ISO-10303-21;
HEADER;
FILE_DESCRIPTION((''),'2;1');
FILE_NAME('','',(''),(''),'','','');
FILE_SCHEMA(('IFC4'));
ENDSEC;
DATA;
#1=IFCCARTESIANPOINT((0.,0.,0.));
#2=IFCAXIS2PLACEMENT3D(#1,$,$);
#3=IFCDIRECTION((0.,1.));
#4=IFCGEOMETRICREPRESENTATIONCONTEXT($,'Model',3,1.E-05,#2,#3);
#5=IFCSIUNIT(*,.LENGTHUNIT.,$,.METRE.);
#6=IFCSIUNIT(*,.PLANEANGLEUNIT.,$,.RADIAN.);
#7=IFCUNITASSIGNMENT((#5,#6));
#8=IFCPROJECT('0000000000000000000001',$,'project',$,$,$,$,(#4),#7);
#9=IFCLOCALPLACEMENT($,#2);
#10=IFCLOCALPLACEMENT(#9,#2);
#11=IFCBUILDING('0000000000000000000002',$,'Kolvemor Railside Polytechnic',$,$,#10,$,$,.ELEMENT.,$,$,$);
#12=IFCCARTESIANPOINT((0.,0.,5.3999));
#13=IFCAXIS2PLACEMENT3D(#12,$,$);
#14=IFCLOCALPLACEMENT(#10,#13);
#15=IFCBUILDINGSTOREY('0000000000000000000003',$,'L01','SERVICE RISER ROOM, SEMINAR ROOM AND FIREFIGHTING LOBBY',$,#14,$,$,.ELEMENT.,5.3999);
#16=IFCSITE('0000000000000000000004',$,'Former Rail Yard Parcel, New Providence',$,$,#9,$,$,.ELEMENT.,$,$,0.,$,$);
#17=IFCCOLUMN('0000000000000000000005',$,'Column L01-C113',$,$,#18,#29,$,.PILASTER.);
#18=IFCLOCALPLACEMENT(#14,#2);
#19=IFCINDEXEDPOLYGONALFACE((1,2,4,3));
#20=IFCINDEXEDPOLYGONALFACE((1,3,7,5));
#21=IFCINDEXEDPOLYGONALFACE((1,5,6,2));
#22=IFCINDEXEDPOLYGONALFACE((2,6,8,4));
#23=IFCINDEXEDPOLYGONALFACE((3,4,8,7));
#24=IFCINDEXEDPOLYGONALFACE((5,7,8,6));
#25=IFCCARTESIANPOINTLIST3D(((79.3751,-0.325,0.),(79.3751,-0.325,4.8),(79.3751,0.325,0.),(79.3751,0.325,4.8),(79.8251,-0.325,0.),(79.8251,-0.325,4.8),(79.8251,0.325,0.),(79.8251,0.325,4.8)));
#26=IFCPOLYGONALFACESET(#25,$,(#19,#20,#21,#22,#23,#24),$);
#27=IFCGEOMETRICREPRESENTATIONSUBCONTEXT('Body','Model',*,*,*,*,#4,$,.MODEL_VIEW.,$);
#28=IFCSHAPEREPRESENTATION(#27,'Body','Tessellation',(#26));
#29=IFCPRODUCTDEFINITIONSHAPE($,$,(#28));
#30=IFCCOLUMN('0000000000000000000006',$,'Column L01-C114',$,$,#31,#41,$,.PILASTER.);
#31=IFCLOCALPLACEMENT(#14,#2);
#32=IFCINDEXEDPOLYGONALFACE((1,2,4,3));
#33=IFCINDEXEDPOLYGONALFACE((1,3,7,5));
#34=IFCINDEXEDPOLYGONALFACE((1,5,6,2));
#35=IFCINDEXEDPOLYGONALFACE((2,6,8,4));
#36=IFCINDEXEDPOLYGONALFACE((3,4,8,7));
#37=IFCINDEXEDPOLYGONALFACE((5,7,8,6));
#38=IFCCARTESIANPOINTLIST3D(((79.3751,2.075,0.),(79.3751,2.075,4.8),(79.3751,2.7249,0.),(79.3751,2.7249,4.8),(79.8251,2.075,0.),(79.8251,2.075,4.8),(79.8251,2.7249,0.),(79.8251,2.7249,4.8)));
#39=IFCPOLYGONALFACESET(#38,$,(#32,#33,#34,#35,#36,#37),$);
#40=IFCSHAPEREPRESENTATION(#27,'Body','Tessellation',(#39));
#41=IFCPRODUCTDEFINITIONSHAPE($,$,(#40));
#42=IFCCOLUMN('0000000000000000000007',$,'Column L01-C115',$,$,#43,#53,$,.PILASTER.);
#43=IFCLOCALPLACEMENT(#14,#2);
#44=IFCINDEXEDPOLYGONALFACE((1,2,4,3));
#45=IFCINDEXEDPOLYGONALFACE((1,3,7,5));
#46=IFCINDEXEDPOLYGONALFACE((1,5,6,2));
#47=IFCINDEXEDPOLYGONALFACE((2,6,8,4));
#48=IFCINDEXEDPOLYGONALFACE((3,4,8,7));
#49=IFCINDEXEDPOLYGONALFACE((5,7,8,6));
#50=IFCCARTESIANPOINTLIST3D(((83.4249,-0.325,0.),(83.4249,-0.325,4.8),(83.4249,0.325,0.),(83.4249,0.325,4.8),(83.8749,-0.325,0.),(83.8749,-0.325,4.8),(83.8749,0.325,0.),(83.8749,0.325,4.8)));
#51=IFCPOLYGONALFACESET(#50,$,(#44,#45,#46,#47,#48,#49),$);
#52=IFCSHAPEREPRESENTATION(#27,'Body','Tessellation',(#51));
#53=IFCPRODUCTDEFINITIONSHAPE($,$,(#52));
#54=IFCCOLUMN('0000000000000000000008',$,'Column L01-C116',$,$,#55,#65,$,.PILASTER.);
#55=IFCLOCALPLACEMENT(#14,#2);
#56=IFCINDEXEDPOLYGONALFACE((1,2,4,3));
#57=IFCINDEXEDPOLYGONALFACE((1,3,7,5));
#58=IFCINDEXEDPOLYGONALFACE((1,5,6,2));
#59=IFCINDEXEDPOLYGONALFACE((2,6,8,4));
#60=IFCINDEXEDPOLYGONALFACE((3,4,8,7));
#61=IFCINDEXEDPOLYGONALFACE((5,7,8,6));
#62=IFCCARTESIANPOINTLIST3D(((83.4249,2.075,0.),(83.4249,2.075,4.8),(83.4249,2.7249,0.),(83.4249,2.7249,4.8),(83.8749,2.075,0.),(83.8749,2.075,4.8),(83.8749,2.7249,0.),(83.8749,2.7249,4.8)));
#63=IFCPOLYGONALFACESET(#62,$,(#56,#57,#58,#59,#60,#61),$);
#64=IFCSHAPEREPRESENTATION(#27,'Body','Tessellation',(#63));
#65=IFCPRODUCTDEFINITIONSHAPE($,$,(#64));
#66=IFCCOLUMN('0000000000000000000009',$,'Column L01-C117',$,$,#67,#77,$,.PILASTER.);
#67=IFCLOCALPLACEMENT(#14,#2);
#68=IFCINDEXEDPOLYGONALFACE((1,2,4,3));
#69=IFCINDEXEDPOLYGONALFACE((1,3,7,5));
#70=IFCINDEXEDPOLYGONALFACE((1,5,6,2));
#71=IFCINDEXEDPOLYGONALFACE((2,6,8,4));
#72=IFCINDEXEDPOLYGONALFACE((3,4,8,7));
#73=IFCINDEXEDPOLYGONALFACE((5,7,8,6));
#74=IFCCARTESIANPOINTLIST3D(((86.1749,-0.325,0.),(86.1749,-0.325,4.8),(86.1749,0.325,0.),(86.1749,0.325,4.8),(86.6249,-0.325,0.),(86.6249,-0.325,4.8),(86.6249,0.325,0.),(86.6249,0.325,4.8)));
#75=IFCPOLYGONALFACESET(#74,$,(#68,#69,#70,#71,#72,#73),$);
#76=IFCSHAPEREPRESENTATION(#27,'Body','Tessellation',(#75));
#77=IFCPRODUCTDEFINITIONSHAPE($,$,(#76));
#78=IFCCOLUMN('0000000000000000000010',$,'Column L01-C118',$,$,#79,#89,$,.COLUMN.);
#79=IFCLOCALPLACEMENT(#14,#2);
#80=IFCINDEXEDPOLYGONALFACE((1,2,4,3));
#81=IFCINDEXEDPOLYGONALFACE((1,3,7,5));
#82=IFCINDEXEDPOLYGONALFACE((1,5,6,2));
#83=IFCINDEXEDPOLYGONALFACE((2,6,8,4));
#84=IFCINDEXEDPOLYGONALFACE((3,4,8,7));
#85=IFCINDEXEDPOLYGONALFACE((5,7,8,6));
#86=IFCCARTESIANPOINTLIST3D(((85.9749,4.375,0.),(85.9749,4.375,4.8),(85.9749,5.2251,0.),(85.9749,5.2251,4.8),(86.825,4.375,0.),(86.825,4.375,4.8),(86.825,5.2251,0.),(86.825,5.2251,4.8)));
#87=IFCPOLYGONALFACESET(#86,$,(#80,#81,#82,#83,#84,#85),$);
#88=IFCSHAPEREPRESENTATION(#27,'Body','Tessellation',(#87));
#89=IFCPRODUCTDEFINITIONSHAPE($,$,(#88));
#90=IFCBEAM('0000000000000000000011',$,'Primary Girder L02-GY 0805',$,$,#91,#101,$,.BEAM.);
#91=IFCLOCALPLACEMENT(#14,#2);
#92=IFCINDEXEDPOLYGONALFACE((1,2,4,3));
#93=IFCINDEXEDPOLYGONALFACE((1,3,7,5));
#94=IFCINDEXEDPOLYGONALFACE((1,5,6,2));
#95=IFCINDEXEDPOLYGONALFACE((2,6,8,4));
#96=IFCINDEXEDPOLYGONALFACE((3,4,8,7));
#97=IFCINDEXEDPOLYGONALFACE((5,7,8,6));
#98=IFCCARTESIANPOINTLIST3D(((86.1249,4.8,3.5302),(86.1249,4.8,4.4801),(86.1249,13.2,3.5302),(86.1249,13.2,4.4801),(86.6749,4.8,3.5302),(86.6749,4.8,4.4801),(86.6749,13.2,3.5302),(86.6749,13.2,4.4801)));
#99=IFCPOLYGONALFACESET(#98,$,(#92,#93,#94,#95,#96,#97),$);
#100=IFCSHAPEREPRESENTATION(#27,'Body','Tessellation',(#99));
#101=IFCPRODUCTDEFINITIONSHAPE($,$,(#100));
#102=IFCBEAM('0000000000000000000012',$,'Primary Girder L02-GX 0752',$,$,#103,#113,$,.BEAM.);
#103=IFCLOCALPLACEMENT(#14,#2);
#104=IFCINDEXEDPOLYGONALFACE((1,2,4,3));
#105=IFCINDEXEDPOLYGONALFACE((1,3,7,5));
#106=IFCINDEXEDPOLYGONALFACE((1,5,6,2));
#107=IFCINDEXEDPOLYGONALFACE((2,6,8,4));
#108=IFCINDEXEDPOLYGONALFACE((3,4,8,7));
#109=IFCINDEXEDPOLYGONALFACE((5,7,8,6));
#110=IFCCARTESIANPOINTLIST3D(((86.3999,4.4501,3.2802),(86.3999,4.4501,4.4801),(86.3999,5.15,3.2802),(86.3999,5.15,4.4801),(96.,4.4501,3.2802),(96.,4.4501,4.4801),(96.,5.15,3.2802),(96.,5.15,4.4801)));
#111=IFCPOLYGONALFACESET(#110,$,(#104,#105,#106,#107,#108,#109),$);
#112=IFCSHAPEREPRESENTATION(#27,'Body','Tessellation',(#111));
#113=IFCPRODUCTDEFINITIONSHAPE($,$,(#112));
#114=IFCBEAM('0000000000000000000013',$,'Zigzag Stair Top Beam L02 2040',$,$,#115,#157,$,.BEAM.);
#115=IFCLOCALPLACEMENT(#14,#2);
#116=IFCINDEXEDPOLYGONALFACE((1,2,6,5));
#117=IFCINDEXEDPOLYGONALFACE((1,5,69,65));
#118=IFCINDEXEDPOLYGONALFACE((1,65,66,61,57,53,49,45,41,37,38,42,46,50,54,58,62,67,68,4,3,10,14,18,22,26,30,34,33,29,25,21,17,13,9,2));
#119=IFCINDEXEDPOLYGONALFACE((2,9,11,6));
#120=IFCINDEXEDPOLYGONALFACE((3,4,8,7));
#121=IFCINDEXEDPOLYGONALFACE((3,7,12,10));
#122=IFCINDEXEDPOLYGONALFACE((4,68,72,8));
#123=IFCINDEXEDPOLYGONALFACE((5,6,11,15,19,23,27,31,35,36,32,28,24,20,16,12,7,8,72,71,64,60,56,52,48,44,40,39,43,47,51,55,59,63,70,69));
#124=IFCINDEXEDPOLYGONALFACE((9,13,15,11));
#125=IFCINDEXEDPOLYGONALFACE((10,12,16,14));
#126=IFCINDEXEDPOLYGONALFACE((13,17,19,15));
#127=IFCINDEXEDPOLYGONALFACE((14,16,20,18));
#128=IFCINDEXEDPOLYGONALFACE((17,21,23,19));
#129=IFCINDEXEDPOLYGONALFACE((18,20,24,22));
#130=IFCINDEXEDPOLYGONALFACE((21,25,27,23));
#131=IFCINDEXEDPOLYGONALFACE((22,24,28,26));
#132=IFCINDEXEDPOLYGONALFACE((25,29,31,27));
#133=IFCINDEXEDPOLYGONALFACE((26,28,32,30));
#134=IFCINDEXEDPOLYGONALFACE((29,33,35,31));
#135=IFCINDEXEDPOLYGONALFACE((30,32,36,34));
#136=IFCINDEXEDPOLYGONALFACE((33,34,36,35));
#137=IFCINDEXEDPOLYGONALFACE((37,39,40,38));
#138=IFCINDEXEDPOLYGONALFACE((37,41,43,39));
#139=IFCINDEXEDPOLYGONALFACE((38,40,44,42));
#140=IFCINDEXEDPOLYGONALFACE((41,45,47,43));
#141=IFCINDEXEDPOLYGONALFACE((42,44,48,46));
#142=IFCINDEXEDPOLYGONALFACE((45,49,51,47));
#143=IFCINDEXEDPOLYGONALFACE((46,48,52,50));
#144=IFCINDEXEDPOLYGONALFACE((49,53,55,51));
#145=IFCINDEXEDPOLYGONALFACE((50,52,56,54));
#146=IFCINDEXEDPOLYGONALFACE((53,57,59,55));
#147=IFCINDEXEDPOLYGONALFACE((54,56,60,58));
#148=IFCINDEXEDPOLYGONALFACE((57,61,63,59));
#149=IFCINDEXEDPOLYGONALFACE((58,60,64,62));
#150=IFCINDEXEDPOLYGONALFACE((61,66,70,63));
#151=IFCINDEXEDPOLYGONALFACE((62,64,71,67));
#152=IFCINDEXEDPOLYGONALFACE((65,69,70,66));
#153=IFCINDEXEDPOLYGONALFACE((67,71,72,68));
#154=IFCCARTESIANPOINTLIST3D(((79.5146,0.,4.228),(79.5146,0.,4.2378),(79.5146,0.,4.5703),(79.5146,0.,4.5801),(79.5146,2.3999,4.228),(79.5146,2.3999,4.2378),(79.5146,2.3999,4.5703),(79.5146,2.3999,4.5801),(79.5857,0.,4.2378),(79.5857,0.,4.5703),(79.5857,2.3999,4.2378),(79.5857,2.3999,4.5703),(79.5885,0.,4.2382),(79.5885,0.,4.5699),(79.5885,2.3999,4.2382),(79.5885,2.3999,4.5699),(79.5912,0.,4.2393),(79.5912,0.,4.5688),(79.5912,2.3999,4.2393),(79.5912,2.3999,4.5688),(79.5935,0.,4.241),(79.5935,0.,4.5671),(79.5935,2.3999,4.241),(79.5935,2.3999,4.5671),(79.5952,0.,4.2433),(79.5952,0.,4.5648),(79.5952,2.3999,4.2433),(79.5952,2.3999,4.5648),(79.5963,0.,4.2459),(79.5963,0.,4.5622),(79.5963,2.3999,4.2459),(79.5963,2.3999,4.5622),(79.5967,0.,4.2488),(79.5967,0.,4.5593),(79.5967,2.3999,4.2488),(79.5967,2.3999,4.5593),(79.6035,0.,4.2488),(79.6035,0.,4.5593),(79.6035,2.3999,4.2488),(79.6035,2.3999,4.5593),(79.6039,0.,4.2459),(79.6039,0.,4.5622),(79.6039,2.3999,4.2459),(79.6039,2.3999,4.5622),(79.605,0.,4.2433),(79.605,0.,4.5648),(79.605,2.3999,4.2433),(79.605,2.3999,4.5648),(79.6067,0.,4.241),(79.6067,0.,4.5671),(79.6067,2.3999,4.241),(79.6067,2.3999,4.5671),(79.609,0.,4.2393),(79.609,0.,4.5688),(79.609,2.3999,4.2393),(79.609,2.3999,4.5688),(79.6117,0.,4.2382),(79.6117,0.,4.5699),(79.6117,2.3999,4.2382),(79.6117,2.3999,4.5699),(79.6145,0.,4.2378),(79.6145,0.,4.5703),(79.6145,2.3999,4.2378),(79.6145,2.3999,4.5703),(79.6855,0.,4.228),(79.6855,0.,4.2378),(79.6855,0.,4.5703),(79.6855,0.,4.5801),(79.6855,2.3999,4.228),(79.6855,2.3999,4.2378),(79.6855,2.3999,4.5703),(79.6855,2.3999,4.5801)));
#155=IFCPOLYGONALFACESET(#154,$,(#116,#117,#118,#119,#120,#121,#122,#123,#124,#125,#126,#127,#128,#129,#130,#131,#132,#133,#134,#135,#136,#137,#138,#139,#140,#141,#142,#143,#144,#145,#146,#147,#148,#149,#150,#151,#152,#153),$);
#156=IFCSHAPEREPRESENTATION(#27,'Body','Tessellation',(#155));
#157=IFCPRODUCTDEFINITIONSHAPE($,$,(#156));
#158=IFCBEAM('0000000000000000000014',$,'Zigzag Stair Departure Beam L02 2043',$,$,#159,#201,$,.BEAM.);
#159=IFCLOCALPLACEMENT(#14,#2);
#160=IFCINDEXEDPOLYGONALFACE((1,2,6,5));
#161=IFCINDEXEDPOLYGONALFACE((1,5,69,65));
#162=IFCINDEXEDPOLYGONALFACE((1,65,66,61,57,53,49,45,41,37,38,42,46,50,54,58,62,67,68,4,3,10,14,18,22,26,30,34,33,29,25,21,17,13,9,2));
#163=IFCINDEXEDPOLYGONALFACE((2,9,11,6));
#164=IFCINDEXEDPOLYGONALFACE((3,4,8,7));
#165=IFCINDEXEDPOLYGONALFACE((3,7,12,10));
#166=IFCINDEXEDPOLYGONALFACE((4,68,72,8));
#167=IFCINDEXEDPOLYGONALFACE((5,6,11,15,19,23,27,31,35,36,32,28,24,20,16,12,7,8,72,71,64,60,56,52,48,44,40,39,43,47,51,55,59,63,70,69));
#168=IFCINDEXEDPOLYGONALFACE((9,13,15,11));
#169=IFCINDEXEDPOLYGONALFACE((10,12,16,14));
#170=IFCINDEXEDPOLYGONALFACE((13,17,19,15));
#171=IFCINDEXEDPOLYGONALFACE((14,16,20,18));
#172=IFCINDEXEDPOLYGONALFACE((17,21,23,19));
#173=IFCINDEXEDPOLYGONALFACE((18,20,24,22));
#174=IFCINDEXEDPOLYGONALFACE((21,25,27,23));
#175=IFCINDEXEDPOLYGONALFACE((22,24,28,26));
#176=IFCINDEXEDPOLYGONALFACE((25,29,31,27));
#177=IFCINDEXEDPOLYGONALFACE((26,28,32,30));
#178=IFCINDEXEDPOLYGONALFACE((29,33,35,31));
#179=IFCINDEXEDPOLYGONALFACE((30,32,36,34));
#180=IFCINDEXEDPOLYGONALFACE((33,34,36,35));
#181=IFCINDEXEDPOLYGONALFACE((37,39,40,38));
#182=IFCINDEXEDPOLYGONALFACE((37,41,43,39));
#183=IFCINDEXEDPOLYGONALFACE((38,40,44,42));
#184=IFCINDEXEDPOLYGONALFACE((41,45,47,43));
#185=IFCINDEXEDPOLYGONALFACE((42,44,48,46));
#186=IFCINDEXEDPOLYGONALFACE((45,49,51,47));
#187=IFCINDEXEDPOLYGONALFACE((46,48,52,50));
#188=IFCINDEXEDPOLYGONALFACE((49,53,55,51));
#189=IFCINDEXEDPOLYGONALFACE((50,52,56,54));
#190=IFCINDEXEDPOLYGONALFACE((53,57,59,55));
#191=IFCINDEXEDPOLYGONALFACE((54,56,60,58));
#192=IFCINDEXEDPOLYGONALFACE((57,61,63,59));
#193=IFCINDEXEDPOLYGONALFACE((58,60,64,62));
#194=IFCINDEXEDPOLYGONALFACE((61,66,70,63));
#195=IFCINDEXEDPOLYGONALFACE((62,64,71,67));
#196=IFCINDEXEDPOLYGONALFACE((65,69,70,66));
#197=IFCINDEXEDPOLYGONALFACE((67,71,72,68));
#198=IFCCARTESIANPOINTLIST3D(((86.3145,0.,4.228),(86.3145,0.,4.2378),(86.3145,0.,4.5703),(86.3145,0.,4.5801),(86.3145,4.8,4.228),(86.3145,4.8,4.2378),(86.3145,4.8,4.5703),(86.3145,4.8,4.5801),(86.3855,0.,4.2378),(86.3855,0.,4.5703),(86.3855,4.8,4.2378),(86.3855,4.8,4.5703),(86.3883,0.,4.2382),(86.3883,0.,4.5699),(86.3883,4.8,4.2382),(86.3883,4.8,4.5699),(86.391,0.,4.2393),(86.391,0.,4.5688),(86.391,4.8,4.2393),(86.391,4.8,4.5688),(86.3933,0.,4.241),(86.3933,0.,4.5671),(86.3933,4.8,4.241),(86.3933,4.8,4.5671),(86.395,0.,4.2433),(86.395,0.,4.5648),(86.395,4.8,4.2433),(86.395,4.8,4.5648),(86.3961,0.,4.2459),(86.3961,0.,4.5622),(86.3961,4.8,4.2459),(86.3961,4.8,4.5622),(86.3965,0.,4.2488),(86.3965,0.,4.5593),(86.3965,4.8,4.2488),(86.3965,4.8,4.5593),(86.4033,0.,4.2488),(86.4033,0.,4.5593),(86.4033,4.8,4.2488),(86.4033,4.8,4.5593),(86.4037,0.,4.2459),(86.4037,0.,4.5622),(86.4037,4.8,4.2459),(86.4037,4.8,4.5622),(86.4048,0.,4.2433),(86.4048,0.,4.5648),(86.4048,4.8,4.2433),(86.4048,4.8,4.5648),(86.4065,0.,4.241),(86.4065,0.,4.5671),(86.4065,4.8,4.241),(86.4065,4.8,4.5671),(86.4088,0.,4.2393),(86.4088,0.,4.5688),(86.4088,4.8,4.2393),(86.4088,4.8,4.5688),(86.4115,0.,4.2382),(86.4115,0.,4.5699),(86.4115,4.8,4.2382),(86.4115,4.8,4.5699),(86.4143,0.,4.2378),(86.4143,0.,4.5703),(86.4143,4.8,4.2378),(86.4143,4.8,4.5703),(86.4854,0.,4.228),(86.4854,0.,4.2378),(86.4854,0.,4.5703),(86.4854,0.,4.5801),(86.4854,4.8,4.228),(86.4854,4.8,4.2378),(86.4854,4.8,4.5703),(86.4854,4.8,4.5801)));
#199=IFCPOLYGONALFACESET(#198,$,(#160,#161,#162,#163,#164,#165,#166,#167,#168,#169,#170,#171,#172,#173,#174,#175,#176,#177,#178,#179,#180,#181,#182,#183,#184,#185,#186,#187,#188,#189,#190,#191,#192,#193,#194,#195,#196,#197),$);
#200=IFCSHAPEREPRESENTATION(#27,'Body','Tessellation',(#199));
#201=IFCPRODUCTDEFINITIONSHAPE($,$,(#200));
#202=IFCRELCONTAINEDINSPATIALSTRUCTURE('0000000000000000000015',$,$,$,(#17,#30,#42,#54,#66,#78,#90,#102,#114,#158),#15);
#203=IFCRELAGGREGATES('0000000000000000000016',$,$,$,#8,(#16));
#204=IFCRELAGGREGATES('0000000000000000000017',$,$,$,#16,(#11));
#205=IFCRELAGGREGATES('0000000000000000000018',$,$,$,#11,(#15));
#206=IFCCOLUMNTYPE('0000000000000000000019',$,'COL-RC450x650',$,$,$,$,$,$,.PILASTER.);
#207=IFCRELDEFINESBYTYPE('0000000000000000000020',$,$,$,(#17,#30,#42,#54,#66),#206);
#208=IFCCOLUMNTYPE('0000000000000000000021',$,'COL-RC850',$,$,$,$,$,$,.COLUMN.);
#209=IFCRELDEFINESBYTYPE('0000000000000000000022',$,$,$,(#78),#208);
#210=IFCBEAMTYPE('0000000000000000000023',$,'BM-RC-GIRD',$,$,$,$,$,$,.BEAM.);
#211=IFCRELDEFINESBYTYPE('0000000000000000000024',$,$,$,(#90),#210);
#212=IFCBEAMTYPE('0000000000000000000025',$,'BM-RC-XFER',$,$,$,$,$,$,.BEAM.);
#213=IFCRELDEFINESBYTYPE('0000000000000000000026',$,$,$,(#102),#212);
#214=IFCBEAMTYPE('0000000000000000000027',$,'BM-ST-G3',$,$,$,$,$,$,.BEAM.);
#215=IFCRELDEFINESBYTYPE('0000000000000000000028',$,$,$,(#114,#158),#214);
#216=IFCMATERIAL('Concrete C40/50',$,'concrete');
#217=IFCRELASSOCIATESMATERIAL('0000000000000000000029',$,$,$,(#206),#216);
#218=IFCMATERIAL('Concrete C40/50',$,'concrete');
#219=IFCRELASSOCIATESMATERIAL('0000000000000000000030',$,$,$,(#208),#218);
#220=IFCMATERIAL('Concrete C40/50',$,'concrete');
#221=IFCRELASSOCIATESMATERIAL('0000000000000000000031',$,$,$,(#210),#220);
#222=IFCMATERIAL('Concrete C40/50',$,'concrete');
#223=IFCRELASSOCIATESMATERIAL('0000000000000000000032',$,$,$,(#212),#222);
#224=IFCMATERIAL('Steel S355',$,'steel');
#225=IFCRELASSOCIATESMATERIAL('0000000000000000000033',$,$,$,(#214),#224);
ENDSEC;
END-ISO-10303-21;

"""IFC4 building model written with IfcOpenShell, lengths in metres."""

from ifc_helpers import new_model, si_unit, direction, frame, origin, origin_2d, place, context, subcontext, project, spatial, rectangle, i_section, extrude, material, material_profile, profile_set, type_object, element, save


model = new_model("IFC4")

# Units and contexts
model_context = context("Model", 3, precision=1e-05, world=origin(), true_north=direction((0.0, 1.0)))
body_context = subcontext(model_context, "Body", "Model", "MODEL_VIEW")
ifc_project = project(units=[si_unit("LENGTHUNIT", "METRE"), si_unit("PLANEANGLEUNIT", "RADIAN")], contexts=[model_context])

# Site, building, storey
site_placement = place(None, origin())
site = spatial("IfcSite", under=ifc_project, at=site_placement, Name="Former Rail Yard Parcel, New Providence", CompositionType="ELEMENT", RefElevation=0.0)
building_placement = place(site_placement, origin())
building = spatial("IfcBuilding", under=site, at=building_placement, Name="Kolvemor Railside Polytechnic", CompositionType="ELEMENT")
storey_placement = place(building_placement, frame((0.0, 0.0, 5.3999)))
storey = spatial("IfcBuildingStorey", under=building, at=storey_placement, Name="L01", Description="SERVICE RISER ROOM, SEMINAR ROOM AND FIREFIGHTING LOBBY", CompositionType="ELEMENT", Elevation=5.3999)

# Columns
ifc_material_1 = material(Name="Concrete C40/50", Category="concrete")
ifc_material_profile_1 = material_profile(ifc_material_1, rectangle(XDim=0.45, YDim=0.6499, at=origin_2d()), Name="RC450x650")
ifc_profile_set_1 = profile_set([ifc_material_profile_1], Name="Concrete C40/50")
column_type_1 = type_object("IfcColumnType", Name="COL-RC450x650", PredefinedType="PILASTER", material=ifc_profile_set_1)
for number, where, z_axis, x_axis, name in (
    (1, (79.6001, 0.0, 0.0), (0.0, 0.0, 1.0), (1.0, 0.0, 0.0), "Column L01-C113"),
    (2, (79.6001, 2.3999, 0.0), (0.0, 0.0, 1.0), (1.0, 0.0, 0.0), "Column L01-C114"),
    (3, (83.6499, 0.0, 0.0), (0.0, 0.0, 1.0), (1.0, 0.0, 0.0), "Column L01-C115"),
    (4, (83.6499, 2.3999, 0.0), (0.0, 0.0, 1.0), (1.0, 0.0, 0.0), "Column L01-C116"),
    (5, (86.3999, 0.0, 0.0), (0.0, 0.0, 1.0), (1.0, 0.0, 0.0), "Column L01-C117"),
):
    element("IfcColumn", number, at=place(storey_placement, frame(where, z_axis=z_axis, x_axis=x_axis)), inside=storey, type_object=column_type_1, Name=name, PredefinedType="PILASTER", context=body_context, shape_type="SweptSolid", body=[
        extrude(rectangle(XDim=0.45, YDim=0.6499, at=origin_2d()), origin(), (0.0, 0.0, 1.0), 4.8),
    ])
ifc_material_2 = material(Name="Concrete C40/50", Category="concrete")
ifc_material_profile_2 = material_profile(ifc_material_2, rectangle(XDim=0.8501, YDim=0.8501, at=origin_2d()), Name="RC850x850")
ifc_profile_set_2 = profile_set([ifc_material_profile_2], Name="Concrete C40/50")
column_type_2 = type_object("IfcColumnType", Name="COL-RC850", PredefinedType="COLUMN", material=ifc_profile_set_2)
column_placement = place(storey_placement, frame((86.3999, 4.8, 0.0), z_axis=(0.0, 0.0, 1.0), x_axis=(1.0, 0.0, 0.0)))
element("IfcColumn", 6, at=column_placement, inside=storey, type_object=column_type_2, Name="Column L01-C118", PredefinedType="COLUMN", context=body_context, shape_type="SweptSolid", body=[
    extrude(rectangle(XDim=0.8501, YDim=0.8501, at=origin_2d()), origin(), (0.0, 0.0, 1.0), 4.8),
])

# Beams
ifc_material_3 = material(Name="Concrete C40/50", Category="concrete")
ifc_material_profile_3 = material_profile(ifc_material_3, rectangle(XDim=0.55, YDim=0.95, at=origin_2d()), Name="RC550x950")
ifc_profile_set_3 = profile_set([ifc_material_profile_3], Name="Concrete C40/50")
beam_type_1 = type_object("IfcBeamType", Name="BM-RC-GIRD", PredefinedType="BEAM", material=ifc_profile_set_3)
beam_1_placement = place(storey_placement, frame((86.3999, 4.8, 4.0051), z_axis=(0.0, 1.0, 0.0), x_axis=(-1.0, 0.0, 0.0)))
element("IfcBeam", 7, at=beam_1_placement, inside=storey, type_object=beam_type_1, Name="Primary Girder L02-GY 0805", PredefinedType="BEAM", context=body_context, shape_type="SweptSolid", body=[
    extrude(rectangle(XDim=0.55, YDim=0.95, at=origin_2d()), origin(), (0.0, 0.0, 1.0), 8.3999),
])
ifc_material_4 = material(Name="Concrete C40/50", Category="concrete")
ifc_material_profile_4 = material_profile(ifc_material_4, rectangle(XDim=0.7, YDim=1.2, at=origin_2d()), Name="RC700x1200")
ifc_profile_set_4 = profile_set([ifc_material_profile_4], Name="Concrete C40/50")
beam_type_2 = type_object("IfcBeamType", Name="BM-RC-XFER", PredefinedType="BEAM", material=ifc_profile_set_4)
beam_2_placement = place(storey_placement, frame((86.3999, 4.8, 3.8801), z_axis=(1.0, 0.0, 0.0), x_axis=(0.0, 1.0, 0.0)))
element("IfcBeam", 8, at=beam_2_placement, inside=storey, type_object=beam_type_2, Name="Primary Girder L02-GX 0752", PredefinedType="BEAM", context=body_context, shape_type="SweptSolid", body=[
    extrude(rectangle(XDim=0.7, YDim=1.2, at=origin_2d()), origin(), (0.0, 0.0, 1.0), 9.6001),
])
ifc_material_5 = material(Name="Steel S355", Category="steel")
ifc_material_profile_5 = material_profile(ifc_material_5, i_section(OverallWidth=0.1709, OverallDepth=0.3521, WebThickness=0.0068, FlangeThickness=0.0098, FilletRadius=0.011, at=origin_2d()), Name="W360x44")
ifc_profile_set_5 = profile_set([ifc_material_profile_5], Name="Steel S355")
beam_type_3 = type_object("IfcBeamType", Name="BM-ST-G3", PredefinedType="BEAM", material=ifc_profile_set_5)
beam_3_placement = place(storey_placement, frame((79.6001, 0.0, 4.4041), z_axis=(0.0, 1.0, 0.0), x_axis=(-1.0, 0.0, 0.0)))
element("IfcBeam", 9, at=beam_3_placement, inside=storey, type_object=beam_type_3, Name="Zigzag Stair Top Beam L02 2040", PredefinedType="BEAM", context=body_context, shape_type="SweptSolid", body=[
    extrude(i_section(OverallWidth=0.1709, OverallDepth=0.3521, WebThickness=0.0068, FlangeThickness=0.0098, FilletRadius=0.011, at=origin_2d()), origin(), (0.0, 0.0, 1.0), 2.3999),
])
beam_4_placement = place(storey_placement, frame((86.3999, 0.0, 4.4041), z_axis=(0.0, 1.0, 0.0), x_axis=(-1.0, 0.0, 0.0)))
element("IfcBeam", 10, at=beam_4_placement, inside=storey, type_object=beam_type_3, Name="Zigzag Stair Departure Beam L02 2043", PredefinedType="BEAM", context=body_context, shape_type="SweptSolid", body=[
    extrude(i_section(OverallWidth=0.1709, OverallDepth=0.3521, WebThickness=0.0068, FlangeThickness=0.0098, FilletRadius=0.011, at=origin_2d()), origin(), (0.0, 0.0, 1.0), 4.8),
])

save(model, "model.ifc")
